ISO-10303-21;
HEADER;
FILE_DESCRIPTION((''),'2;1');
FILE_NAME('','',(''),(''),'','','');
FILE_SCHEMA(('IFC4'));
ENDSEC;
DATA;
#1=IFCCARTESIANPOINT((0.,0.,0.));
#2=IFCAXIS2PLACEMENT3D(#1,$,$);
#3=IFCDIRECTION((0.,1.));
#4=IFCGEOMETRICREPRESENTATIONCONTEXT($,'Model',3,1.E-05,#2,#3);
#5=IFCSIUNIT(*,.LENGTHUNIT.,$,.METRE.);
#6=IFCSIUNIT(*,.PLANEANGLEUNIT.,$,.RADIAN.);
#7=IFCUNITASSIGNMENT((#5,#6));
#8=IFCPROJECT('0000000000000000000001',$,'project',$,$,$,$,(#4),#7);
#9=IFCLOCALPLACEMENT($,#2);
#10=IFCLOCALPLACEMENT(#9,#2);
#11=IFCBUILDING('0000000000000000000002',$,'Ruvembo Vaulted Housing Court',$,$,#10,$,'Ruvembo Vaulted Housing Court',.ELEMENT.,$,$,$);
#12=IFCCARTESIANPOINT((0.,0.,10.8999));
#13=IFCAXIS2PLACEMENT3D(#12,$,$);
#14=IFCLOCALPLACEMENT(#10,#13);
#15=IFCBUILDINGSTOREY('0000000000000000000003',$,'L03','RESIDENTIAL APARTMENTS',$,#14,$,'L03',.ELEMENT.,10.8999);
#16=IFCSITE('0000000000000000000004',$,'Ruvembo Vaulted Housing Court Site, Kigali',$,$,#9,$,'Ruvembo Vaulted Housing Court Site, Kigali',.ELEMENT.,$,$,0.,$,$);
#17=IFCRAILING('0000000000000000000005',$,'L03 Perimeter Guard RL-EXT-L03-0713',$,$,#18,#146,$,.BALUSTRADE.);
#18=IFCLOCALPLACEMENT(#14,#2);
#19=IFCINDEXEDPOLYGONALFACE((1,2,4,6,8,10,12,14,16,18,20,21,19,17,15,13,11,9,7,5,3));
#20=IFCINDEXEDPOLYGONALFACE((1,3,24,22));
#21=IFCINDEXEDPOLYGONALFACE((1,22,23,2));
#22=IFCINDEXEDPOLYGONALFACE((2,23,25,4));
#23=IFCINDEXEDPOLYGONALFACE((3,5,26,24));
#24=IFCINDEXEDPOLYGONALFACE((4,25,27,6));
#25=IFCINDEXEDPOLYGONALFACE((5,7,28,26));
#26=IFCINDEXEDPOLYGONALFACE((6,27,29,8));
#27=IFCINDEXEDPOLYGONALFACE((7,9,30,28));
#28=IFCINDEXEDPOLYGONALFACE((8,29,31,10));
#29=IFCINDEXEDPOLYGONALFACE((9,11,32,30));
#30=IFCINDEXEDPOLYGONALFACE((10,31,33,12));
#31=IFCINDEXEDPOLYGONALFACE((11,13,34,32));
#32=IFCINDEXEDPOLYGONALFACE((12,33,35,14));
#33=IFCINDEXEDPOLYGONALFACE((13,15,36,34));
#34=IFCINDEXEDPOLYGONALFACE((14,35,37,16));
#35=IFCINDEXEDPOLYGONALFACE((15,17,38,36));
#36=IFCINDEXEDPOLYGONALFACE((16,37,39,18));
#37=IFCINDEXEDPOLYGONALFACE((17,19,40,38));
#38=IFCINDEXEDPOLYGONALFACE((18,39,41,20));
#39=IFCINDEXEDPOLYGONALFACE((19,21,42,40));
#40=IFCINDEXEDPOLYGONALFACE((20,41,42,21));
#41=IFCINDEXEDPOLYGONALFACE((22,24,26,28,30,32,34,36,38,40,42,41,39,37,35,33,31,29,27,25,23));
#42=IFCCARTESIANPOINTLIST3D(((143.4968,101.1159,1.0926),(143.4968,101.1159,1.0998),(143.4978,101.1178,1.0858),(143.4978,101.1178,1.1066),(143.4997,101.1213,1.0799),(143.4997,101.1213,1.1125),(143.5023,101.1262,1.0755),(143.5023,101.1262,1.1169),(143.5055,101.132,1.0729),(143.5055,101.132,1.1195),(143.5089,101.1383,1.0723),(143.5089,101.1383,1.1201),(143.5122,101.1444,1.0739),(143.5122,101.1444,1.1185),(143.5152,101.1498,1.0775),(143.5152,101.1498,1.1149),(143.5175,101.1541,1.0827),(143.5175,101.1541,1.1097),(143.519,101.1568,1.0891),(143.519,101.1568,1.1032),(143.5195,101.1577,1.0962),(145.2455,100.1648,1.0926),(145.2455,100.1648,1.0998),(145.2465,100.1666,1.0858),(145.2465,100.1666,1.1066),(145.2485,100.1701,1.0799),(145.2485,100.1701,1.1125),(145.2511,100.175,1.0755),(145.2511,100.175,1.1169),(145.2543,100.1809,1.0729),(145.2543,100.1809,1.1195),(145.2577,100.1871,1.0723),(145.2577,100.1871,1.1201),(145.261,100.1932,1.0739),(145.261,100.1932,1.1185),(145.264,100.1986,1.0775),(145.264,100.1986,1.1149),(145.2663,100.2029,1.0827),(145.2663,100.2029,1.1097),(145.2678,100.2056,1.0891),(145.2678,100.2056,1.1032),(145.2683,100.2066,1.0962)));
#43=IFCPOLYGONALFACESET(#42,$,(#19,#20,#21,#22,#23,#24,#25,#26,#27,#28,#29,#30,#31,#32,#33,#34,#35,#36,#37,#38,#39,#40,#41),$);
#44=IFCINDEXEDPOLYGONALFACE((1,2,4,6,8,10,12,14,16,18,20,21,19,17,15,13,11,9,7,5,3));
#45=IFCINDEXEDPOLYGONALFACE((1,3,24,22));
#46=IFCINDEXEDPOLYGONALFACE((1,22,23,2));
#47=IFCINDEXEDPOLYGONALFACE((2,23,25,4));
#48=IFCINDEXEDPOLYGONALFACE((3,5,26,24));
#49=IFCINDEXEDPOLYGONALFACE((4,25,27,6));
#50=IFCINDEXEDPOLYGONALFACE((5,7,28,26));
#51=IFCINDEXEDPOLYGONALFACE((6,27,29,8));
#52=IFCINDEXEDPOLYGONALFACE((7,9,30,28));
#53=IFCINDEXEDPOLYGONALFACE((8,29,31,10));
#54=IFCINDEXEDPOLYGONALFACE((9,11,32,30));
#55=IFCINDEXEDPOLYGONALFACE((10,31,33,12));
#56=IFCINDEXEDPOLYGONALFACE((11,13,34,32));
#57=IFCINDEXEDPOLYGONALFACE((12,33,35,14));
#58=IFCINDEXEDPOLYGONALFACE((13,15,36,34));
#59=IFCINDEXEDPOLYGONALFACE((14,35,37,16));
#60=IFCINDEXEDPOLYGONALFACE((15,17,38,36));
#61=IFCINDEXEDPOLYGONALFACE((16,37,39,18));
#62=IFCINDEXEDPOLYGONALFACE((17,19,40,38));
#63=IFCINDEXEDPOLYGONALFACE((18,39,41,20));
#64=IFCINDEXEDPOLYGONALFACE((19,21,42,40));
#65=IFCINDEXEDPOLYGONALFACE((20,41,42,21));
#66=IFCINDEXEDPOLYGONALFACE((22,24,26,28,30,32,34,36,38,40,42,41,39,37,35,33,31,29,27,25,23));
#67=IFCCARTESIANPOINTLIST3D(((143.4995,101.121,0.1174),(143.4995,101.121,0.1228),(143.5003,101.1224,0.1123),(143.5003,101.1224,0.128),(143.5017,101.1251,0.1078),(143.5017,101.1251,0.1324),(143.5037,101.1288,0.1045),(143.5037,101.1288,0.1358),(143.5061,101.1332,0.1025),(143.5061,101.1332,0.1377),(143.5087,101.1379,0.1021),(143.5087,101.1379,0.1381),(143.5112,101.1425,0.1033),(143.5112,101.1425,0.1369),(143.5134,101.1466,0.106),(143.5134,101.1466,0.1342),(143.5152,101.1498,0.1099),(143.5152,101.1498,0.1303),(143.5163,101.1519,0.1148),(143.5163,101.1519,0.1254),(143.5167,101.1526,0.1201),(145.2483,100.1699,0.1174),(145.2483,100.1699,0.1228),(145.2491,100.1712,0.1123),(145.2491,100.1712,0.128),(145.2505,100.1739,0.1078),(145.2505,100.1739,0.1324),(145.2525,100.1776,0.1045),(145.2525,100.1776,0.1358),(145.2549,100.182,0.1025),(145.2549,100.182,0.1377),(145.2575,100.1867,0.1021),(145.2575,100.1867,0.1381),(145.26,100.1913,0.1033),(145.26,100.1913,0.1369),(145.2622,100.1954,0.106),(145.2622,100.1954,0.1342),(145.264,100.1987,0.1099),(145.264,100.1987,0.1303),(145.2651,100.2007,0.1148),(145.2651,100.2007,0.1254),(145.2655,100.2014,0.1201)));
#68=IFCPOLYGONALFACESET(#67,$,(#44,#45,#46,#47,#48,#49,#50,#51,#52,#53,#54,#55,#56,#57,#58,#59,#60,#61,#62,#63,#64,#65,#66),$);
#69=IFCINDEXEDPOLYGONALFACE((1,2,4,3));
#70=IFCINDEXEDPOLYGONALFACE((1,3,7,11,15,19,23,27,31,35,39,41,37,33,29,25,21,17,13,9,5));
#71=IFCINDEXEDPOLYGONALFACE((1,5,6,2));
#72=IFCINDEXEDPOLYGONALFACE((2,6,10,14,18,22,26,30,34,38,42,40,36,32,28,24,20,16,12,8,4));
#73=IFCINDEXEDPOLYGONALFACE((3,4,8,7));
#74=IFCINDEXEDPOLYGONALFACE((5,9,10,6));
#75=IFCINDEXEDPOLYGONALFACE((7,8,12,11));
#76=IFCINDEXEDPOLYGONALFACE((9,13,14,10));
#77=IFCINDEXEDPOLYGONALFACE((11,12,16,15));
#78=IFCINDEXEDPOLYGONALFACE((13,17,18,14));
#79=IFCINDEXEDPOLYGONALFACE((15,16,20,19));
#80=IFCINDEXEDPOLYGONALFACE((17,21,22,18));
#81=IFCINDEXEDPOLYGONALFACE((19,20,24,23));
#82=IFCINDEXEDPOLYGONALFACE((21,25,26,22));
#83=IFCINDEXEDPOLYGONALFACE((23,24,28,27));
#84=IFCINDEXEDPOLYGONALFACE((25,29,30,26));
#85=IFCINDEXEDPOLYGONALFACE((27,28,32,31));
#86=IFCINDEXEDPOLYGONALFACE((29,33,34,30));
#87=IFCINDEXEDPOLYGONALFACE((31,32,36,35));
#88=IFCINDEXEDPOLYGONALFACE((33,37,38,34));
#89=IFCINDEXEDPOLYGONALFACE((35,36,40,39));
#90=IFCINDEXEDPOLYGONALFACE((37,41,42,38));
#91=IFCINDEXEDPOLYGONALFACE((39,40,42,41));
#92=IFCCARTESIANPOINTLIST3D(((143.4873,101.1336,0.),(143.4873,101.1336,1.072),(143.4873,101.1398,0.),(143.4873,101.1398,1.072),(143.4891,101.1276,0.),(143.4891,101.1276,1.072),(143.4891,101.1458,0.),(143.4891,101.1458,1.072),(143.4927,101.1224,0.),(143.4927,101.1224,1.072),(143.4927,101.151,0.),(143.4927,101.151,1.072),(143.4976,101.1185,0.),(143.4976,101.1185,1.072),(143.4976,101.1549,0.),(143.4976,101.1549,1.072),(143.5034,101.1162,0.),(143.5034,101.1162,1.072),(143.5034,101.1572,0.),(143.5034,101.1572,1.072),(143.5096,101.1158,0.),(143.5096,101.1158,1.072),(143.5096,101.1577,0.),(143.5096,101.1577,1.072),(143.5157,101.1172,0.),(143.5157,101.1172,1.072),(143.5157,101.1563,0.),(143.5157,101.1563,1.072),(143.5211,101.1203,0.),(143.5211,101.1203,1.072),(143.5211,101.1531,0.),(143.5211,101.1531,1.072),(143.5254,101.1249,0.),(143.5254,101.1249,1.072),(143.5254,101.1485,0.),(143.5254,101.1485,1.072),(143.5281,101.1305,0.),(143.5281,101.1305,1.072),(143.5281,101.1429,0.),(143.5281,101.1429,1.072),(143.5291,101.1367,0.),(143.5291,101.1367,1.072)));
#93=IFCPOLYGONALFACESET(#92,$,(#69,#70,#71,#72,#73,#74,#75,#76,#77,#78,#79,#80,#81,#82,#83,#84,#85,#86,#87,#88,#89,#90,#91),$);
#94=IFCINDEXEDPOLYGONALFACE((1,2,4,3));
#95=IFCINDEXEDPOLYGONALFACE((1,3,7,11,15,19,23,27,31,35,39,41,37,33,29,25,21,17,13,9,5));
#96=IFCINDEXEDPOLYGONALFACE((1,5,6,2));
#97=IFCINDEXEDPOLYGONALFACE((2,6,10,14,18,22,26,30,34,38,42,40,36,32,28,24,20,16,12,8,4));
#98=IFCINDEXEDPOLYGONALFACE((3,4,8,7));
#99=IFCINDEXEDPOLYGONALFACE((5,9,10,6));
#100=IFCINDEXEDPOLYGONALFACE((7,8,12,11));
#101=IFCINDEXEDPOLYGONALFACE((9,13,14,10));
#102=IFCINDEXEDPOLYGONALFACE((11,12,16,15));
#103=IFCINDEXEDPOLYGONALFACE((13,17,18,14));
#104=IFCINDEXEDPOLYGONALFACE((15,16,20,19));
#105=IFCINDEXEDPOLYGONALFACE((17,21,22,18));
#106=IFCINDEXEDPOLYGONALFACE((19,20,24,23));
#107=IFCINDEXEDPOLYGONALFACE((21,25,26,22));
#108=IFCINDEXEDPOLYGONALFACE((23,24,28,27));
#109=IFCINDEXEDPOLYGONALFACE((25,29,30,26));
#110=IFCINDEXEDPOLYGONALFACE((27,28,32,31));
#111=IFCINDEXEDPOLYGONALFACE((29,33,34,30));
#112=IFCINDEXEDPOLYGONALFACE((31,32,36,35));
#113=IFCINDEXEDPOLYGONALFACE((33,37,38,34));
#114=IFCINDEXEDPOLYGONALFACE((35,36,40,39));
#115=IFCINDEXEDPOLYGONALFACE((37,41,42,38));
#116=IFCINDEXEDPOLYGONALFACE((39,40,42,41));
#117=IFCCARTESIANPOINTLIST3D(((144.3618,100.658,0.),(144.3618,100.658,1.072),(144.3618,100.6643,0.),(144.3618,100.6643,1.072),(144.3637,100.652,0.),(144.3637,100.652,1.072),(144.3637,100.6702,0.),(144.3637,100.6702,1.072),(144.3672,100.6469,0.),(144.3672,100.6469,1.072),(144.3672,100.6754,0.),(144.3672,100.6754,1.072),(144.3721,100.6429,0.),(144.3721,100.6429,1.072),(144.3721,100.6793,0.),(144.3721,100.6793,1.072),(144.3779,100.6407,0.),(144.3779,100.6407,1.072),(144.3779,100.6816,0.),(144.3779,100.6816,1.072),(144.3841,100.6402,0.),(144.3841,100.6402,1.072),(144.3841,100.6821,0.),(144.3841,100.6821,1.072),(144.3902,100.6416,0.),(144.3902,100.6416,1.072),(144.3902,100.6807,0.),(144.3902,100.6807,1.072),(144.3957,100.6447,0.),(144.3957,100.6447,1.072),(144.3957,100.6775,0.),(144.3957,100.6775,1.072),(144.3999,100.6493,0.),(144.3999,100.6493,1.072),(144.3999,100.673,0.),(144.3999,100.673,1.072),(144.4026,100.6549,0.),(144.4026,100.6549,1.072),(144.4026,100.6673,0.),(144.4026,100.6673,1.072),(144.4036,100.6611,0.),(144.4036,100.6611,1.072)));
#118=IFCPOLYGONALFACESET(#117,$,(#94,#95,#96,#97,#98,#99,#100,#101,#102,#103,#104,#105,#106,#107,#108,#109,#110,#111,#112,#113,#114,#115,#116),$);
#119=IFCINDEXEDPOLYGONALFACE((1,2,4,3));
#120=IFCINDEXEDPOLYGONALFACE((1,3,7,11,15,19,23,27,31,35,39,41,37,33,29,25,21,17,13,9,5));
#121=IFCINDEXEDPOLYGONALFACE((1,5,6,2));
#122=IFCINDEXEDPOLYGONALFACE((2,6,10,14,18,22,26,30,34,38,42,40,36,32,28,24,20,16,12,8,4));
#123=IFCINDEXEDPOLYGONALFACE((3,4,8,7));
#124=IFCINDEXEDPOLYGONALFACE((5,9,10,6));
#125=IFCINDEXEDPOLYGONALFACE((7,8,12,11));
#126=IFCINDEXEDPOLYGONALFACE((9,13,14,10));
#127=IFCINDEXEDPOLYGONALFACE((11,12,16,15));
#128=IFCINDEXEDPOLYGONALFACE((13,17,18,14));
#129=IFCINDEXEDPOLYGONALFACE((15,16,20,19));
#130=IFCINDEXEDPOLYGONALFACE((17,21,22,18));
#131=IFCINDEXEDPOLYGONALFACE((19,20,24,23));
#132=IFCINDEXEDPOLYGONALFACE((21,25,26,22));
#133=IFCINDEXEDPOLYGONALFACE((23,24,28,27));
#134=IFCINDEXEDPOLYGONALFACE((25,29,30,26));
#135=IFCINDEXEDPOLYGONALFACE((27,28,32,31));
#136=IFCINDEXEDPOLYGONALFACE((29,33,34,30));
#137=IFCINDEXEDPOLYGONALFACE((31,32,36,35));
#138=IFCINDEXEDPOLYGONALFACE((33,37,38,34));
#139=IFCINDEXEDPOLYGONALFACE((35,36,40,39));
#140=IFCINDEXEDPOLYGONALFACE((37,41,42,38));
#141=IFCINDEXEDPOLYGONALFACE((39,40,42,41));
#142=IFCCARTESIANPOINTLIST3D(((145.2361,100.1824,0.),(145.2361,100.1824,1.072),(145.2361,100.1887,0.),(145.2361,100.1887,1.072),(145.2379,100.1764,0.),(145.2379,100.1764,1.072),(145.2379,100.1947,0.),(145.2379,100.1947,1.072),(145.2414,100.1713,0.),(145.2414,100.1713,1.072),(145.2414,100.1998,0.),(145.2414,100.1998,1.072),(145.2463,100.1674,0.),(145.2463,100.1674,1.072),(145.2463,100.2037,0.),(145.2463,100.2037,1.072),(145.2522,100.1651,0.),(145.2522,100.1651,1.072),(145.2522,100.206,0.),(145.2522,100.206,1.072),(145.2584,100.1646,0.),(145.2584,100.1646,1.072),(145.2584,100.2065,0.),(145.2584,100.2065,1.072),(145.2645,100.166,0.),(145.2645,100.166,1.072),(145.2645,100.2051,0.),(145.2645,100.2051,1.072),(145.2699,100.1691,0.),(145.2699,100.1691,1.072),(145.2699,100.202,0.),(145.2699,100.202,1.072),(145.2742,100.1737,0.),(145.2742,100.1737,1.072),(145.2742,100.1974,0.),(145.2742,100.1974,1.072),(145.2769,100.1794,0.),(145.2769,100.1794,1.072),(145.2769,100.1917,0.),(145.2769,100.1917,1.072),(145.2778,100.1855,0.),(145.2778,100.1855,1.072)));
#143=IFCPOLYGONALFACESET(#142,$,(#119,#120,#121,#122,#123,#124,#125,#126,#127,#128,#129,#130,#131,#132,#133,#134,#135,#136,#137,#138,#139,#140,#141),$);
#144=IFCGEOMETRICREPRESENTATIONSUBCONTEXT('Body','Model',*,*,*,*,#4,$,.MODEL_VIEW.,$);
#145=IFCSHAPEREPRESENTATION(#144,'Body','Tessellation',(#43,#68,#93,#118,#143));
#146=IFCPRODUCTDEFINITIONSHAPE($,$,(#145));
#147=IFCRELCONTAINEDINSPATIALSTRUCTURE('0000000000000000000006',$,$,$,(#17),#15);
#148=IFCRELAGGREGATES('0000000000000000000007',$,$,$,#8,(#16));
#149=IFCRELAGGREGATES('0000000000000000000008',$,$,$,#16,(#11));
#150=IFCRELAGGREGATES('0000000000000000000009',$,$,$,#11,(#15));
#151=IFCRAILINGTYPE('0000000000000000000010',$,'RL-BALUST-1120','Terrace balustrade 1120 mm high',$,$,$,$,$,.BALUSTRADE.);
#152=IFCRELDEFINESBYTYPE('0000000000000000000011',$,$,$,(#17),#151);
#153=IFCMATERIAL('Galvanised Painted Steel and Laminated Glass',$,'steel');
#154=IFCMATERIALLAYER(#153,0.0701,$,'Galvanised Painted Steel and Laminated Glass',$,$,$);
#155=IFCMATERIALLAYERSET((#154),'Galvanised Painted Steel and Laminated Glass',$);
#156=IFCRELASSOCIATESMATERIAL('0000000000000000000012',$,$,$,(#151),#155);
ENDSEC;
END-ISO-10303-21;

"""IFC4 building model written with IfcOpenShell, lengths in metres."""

from ifc_helpers import new_model, si_unit, direction, frame, origin, origin_2d, place, context, subcontext, project, spatial, circle, extrude, material, layer, layer_set, type_object, element, save


model = new_model("IFC4")

# Units and contexts
model_context = context("Model", 3, precision=1e-05, world=origin(), true_north=direction((0.0, 1.0)))
body_context = subcontext(model_context, "Body", "Model", "MODEL_VIEW")
ifc_project = project(units=[si_unit("LENGTHUNIT", "METRE"), si_unit("PLANEANGLEUNIT", "RADIAN")], contexts=[model_context])

# Site, building, storey
site_placement = place(None, origin())
site = spatial("IfcSite", under=ifc_project, at=site_placement, Name="Ruvembo Vaulted Housing Court Site, Kigali", LongName="Ruvembo Vaulted Housing Court Site, Kigali", CompositionType="ELEMENT", RefElevation=0.0)
building_placement = place(site_placement, origin())
building = spatial("IfcBuilding", under=site, at=building_placement, Name="Ruvembo Vaulted Housing Court", LongName="Ruvembo Vaulted Housing Court", CompositionType="ELEMENT")
storey_placement = place(building_placement, frame((0.0, 0.0, 10.8999)))
storey = spatial("IfcBuildingStorey", under=building, at=storey_placement, Name="L03", Description="RESIDENTIAL APARTMENTS", LongName="L03", CompositionType="ELEMENT", Elevation=10.8999)

# Railing
ifc_material_1 = material(Name="Galvanised Painted Steel and Laminated Glass", Category="steel")
ifc_layer_1 = layer(ifc_material_1, 0.0701, Name="Galvanised Painted Steel and Laminated Glass")
ifc_layer_set_1 = layer_set([ifc_layer_1], Name="Galvanised Painted Steel and Laminated Glass")
railing_type = type_object("IfcRailingType", Name="RL-BALUST-1120", Description="Terrace balustrade 1120 mm high", PredefinedType="BALUSTRADE", material=ifc_layer_set_1)
railing_1_placement = place(storey_placement, frame((143.5081, 101.1367, 0.0)))
element("IfcRailing", 1, at=railing_1_placement, inside=storey, type_object=railing_type, Name="L03 Perimeter Guard RL-EXT-L03-0713", PredefinedType="BALUSTRADE", context=body_context, shape_type="SweptSolid", body=[
    extrude(circle(Radius=0.0239, at=origin_2d()), frame((0.0, 0.0, 1.0962), z_axis=(0.878467, -0.477803, 0.0), x_axis=(0.477803, 0.878467, 0.0)), (0.0, 0.0, 1.0), 1.9907),
    extrude(circle(Radius=0.0181, at=origin_2d()), frame((0.0, 0.0, 0.1201), z_axis=(0.878467, -0.477803, 0.0), x_axis=(0.477803, 0.878467, 0.0)), (0.0, 0.0, 1.0), 1.9907),
    extrude(circle(Radius=0.021, at=origin_2d()), origin(), (0.0, 0.0, 1.0), 1.072),
    extrude(circle(Radius=0.021, at=origin_2d()), frame((0.8745, -0.4756, 0.0)), (0.0, 0.0, 1.0), 1.072),
    extrude(circle(Radius=0.021, at=origin_2d()), frame((1.7488, -0.9512, 0.0)), (0.0, 0.0, 1.0), 1.072),
])

save(model, "model.ifc")
